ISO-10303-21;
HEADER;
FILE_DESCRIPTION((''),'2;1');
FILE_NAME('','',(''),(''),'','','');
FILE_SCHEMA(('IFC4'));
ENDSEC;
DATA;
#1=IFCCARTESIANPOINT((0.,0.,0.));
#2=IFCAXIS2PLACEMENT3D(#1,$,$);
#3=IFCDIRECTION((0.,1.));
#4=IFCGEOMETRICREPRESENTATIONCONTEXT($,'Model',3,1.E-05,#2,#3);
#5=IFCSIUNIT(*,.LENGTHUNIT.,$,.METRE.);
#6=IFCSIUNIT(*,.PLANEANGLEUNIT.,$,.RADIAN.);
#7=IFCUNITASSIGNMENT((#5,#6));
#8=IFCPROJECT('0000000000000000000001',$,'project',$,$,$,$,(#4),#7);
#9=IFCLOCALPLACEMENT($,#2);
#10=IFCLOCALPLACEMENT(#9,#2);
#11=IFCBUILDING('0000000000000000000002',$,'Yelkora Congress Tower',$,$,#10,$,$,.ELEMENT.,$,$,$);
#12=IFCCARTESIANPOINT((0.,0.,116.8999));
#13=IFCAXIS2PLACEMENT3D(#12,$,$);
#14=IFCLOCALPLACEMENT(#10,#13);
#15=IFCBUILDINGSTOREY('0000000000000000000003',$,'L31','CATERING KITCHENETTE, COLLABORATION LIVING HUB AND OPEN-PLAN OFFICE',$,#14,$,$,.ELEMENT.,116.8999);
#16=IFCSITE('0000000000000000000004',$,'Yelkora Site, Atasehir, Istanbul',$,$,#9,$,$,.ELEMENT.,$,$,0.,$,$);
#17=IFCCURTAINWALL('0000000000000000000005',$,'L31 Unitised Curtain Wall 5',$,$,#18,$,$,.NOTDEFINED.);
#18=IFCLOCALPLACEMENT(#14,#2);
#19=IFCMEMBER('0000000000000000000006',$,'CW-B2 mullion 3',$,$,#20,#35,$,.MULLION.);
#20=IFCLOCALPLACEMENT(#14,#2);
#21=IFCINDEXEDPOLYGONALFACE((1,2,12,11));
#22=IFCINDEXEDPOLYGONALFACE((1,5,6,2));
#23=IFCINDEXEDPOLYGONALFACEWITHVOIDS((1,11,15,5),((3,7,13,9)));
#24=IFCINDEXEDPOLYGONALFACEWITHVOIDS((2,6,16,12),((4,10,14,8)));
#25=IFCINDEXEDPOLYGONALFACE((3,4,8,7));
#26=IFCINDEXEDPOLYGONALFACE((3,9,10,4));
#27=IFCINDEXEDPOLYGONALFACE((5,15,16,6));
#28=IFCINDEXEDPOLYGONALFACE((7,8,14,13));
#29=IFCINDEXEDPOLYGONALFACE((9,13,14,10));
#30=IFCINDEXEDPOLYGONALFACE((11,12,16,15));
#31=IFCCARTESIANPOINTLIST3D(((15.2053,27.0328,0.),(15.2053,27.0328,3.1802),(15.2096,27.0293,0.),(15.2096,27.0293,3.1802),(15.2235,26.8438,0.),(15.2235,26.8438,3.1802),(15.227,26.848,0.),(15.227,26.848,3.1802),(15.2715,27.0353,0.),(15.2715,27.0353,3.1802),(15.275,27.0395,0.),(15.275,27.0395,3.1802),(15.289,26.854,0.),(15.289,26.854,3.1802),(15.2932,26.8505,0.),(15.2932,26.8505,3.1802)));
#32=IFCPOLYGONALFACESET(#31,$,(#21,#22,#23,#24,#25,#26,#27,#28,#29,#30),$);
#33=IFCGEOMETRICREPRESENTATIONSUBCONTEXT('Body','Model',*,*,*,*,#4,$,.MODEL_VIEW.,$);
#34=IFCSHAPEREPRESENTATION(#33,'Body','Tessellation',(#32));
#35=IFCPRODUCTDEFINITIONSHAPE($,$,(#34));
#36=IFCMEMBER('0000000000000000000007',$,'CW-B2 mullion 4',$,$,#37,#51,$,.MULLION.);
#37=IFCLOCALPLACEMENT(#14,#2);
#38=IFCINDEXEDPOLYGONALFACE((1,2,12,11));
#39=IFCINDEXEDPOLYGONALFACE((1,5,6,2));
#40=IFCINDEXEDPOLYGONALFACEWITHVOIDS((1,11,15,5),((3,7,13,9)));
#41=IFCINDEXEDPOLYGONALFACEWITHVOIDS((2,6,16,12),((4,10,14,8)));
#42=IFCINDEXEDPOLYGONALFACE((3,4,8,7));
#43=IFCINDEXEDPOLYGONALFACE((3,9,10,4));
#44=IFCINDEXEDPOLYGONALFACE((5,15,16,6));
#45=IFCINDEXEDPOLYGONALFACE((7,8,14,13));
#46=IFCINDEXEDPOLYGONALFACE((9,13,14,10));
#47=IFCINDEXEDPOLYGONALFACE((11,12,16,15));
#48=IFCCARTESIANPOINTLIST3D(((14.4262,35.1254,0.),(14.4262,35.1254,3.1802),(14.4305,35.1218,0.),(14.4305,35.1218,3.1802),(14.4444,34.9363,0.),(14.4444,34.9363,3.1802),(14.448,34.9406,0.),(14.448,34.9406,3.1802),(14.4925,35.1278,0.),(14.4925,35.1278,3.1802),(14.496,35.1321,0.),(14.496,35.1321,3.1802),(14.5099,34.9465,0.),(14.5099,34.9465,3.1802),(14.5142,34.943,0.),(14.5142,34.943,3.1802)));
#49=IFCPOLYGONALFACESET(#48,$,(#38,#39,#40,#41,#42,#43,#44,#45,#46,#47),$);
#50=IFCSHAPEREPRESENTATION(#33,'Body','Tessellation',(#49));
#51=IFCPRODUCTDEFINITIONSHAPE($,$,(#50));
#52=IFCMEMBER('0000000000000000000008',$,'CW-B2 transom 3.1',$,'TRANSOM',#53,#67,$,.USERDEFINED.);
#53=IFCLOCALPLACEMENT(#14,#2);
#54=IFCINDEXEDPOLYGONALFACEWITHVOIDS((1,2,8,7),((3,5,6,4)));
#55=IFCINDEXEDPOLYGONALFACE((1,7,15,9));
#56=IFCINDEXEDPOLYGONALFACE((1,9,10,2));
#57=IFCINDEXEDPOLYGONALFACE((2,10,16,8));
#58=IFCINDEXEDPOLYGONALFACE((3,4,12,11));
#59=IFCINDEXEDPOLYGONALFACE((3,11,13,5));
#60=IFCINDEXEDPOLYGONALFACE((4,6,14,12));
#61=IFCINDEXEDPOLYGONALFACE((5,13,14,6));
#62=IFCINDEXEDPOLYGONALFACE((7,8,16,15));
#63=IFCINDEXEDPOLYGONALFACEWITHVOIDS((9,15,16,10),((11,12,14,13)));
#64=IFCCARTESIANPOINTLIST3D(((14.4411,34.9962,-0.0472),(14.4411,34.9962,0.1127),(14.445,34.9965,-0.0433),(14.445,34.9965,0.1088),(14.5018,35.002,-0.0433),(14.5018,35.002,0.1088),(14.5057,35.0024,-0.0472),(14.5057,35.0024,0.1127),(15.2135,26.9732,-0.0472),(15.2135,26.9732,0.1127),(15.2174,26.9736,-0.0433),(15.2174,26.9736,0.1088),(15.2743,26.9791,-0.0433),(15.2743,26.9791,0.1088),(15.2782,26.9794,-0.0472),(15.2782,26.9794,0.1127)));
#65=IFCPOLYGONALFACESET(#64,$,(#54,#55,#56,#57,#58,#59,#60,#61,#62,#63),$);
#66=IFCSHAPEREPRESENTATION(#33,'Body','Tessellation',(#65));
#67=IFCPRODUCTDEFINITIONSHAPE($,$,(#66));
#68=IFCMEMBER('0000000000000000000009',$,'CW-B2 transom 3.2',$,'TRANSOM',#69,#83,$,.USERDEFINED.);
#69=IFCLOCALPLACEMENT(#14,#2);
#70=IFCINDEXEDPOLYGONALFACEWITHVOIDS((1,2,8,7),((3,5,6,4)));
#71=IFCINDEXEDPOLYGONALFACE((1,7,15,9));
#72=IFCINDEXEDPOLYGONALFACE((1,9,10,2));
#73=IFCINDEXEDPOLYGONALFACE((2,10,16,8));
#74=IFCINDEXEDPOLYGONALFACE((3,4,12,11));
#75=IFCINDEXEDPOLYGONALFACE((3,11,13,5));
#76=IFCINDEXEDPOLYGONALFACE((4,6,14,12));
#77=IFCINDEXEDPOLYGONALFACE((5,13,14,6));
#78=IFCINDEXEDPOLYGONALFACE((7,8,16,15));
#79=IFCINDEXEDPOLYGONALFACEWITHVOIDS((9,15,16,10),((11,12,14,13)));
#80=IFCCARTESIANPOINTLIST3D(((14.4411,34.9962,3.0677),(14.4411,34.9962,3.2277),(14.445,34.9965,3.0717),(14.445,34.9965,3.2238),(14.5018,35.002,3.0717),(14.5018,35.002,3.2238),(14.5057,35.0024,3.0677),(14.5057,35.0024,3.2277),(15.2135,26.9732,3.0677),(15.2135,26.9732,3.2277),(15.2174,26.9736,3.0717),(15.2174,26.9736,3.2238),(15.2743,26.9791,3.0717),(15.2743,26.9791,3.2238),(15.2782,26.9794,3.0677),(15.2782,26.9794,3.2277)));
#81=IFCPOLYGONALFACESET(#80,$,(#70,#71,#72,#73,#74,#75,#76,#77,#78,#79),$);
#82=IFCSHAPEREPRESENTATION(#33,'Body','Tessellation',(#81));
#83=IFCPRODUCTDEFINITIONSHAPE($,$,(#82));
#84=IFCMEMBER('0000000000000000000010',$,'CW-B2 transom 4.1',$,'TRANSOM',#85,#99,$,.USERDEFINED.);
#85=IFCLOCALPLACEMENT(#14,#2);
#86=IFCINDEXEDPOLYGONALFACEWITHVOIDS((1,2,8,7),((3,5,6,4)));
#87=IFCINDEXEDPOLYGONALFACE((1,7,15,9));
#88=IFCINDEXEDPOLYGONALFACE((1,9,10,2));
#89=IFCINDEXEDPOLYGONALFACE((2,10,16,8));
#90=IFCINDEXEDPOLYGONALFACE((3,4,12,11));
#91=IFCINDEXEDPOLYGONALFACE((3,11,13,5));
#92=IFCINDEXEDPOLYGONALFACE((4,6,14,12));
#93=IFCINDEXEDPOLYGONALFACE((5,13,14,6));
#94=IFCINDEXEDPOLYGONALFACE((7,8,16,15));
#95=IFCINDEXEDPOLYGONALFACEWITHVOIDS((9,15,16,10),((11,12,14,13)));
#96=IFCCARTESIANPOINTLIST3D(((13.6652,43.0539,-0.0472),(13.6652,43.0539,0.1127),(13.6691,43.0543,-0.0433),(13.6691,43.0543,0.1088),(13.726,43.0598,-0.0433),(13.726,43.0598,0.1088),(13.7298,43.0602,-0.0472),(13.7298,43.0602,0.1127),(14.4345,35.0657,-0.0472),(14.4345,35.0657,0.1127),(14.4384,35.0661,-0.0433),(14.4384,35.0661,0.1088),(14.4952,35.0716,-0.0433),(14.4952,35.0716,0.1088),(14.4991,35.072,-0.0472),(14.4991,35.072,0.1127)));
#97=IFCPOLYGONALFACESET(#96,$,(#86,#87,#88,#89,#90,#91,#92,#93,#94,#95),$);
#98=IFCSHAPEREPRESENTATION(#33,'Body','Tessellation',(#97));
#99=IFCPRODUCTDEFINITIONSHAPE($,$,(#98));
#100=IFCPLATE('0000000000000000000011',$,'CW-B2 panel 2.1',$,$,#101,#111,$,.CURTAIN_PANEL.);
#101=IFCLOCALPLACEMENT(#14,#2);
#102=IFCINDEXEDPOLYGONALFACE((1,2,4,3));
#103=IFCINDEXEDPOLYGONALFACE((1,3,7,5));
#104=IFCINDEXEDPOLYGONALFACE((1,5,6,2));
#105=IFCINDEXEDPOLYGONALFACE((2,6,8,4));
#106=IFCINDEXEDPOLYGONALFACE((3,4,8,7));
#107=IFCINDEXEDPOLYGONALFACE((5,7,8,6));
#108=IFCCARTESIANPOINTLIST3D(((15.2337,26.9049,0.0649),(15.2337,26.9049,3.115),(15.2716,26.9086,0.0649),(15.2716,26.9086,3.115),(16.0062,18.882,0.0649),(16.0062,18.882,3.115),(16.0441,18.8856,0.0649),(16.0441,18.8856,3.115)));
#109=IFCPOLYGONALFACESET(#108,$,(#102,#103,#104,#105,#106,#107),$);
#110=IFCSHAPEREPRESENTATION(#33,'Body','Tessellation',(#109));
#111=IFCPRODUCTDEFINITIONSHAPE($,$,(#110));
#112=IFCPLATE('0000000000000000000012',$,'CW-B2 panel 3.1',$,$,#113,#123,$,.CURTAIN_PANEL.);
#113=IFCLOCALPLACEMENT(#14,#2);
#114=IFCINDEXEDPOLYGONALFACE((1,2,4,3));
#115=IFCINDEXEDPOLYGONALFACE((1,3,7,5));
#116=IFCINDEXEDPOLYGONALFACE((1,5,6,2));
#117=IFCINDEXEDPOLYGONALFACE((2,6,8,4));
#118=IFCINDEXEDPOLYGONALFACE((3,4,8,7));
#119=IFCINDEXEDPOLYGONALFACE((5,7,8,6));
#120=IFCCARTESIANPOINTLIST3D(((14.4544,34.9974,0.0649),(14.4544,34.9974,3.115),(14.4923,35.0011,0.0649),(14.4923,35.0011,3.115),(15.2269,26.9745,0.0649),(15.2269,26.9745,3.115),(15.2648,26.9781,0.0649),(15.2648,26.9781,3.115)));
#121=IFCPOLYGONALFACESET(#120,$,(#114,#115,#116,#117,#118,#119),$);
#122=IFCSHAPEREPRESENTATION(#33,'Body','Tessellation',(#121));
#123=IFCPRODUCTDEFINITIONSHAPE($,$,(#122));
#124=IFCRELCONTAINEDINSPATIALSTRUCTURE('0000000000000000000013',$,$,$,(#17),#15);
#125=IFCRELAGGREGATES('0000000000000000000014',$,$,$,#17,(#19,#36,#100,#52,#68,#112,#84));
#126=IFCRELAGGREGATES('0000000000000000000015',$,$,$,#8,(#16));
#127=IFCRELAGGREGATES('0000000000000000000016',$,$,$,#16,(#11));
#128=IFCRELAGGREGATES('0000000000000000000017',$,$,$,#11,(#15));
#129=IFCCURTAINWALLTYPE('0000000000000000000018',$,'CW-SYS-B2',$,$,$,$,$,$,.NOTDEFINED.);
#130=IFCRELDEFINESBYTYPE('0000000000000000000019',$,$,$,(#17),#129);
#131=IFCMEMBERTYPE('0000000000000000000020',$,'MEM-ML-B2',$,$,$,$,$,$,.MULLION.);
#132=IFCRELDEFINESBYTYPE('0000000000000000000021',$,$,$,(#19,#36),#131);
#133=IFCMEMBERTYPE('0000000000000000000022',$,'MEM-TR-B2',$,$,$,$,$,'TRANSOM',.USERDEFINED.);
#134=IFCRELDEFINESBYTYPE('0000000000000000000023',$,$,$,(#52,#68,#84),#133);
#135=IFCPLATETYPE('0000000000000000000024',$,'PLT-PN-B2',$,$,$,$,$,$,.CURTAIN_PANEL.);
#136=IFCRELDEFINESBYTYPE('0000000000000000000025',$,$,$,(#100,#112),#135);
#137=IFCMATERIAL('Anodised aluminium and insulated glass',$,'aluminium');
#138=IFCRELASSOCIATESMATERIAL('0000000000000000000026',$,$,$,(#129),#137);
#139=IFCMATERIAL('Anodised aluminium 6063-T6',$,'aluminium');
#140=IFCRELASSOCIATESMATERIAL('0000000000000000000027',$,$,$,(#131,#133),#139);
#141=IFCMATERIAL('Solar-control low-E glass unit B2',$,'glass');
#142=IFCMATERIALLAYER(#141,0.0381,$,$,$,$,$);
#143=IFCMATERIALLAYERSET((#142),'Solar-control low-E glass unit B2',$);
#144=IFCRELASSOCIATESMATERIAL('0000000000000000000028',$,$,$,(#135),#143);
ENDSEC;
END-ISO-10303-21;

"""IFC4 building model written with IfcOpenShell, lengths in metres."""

from ifc_helpers import new_model, si_unit, direction, frame, origin, origin_2d, place, context, subcontext, project, spatial, rectangle, hollow_rectangle, extrude, material, layer, layer_set, material_profile, profile_set, type_object, element, aggregate, save


model = new_model("IFC4")

# Units and contexts
model_context = context("Model", 3, precision=1e-05, world=origin(), true_north=direction((0.0, 1.0)))
body_context = subcontext(model_context, "Body", "Model", "MODEL_VIEW")
ifc_project = project(units=[si_unit("LENGTHUNIT", "METRE"), si_unit("PLANEANGLEUNIT", "RADIAN")], contexts=[model_context])

# Site, building, storey
site_placement = place(None, origin())
site = spatial("IfcSite", under=ifc_project, at=site_placement, Name="Yelkora Site, Atasehir, Istanbul", CompositionType="ELEMENT", RefElevation=0.0)
building_placement = place(site_placement, origin())
building = spatial("IfcBuilding", under=site, at=building_placement, Name="Yelkora Congress Tower", CompositionType="ELEMENT")
storey_placement = place(building_placement, frame((0.0, 0.0, 116.8999)))
storey = spatial("IfcBuildingStorey", under=building, at=storey_placement, Name="L31", Description="CATERING KITCHENETTE, COLLABORATION LIVING HUB AND OPEN-PLAN OFFICE", CompositionType="ELEMENT", Elevation=116.8999)

# Curtain wall, members, plates
ifc_material_1 = material(Name="Anodised aluminium and insulated glass", Category="aluminium")
curtain_wall_type = type_object("IfcCurtainWallType", Name="CW-SYS-B2", PredefinedType="NOTDEFINED", material=ifc_material_1)
curtain_wall_placement = place(storey_placement, origin())
curtain_wall = element("IfcCurtainWall", 1, at=curtain_wall_placement, inside=storey, type_object=curtain_wall_type, Name="L31 Unitised Curtain Wall 5", PredefinedType="NOTDEFINED")
ifc_material_2 = material(Name="Anodised aluminium 6063-T6", Category="aluminium")
ifc_material_profile_1 = material_profile(ifc_material_2, hollow_rectangle(XDim=0.0701, YDim=0.1899, WallThickness=0.0039, at=origin_2d()), Name="ALU 70x190x4")
ifc_profile_set_1 = profile_set([ifc_material_profile_1], Name="Anodised aluminium 6063-T6")
member_type_1 = type_object("IfcMemberType", Name="MEM-ML-B2", PredefinedType="MULLION", material=ifc_profile_set_1)
member_1_placement = place(storey_placement, frame((15.2493, 26.9417, 0.0), z_axis=(0.0, 0.0, 1.0), x_axis=(-0.995397, -0.095843, 0.0)))
member_1 = element("IfcMember", 2, at=member_1_placement, type_object=member_type_1, Name="CW-B2 mullion 3", PredefinedType="MULLION", context=body_context, shape_type="SweptSolid", body=[
    extrude(hollow_rectangle(XDim=0.0701, YDim=0.1899, WallThickness=0.0039, at=origin_2d()), origin(), (0.0, 0.0, 1.0), 3.1802),
])
member_2_placement = place(storey_placement, frame((14.4702, 35.0342, 0.0), z_axis=(0.0, 0.0, 1.0), x_axis=(-0.995397, -0.095843, 0.0)))
member_2 = element("IfcMember", 3, at=member_2_placement, type_object=member_type_1, Name="CW-B2 mullion 4", PredefinedType="MULLION", context=body_context, shape_type="SweptSolid", body=[
    extrude(hollow_rectangle(XDim=0.0701, YDim=0.1899, WallThickness=0.0039, at=origin_2d()), origin(), (0.0, 0.0, 1.0), 3.1802),
])
ifc_material_profile_2 = material_profile(ifc_material_2, hollow_rectangle(XDim=0.0649, YDim=0.1599, WallThickness=0.0039, at=origin_2d()), Name="ALU 65x160x4")
ifc_profile_set_2 = profile_set([ifc_material_profile_2], Name="Anodised aluminium 6063-T6")
member_type_2 = type_object("IfcMemberType", Name="MEM-TR-B2", ElementType="TRANSOM", PredefinedType="USERDEFINED", material=ifc_profile_set_2)
member_3_placement = place(storey_placement, frame((15.2458, 26.9763, 0.0327), z_axis=(-0.095838, 0.995397, 0.0), x_axis=(-0.995397, -0.095838, 0.0)))
member_3 = element("IfcMember", 4, at=member_3_placement, type_object=member_type_2, Name="CW-B2 transom 3.1", ObjectType="TRANSOM", PredefinedType="USERDEFINED", context=body_context, shape_type="SweptSolid", body=[
    extrude(hollow_rectangle(XDim=0.0649, YDim=0.1599, WallThickness=0.0039, at=origin_2d()), origin(), (0.0, 0.0, 1.0), 8.0601),
])
member_4_placement = place(storey_placement, frame((15.2458, 26.9763, 3.1477), z_axis=(-0.095838, 0.995397, 0.0), x_axis=(-0.995397, -0.095838, 0.0)))
member_4 = element("IfcMember", 5, at=member_4_placement, type_object=member_type_2, Name="CW-B2 transom 3.2", ObjectType="TRANSOM", PredefinedType="USERDEFINED", context=body_context, shape_type="SweptSolid", body=[
    extrude(hollow_rectangle(XDim=0.0649, YDim=0.1599, WallThickness=0.0039, at=origin_2d()), origin(), (0.0, 0.0, 1.0), 8.0601),
])
member_5_placement = place(storey_placement, frame((14.4668, 35.0688, 0.0327), z_axis=(-0.095858, 0.995395, 0.0), x_axis=(-0.995395, -0.095858, 0.0)))
member_5 = element("IfcMember", 6, at=member_5_placement, type_object=member_type_2, Name="CW-B2 transom 4.1", ObjectType="TRANSOM", PredefinedType="USERDEFINED", context=body_context, shape_type="SweptSolid", body=[
    extrude(hollow_rectangle(XDim=0.0649, YDim=0.1599, WallThickness=0.0039, at=origin_2d()), origin(), (0.0, 0.0, 1.0), 8.0251),
])
ifc_material_3 = material(Name="Solar-control low-E glass unit B2", Category="glass")
ifc_layer_1 = layer(ifc_material_3, 0.0381)
ifc_layer_set_1 = layer_set([ifc_layer_1], Name="Solar-control low-E glass unit B2")
plate_type = type_object("IfcPlateType", Name="PLT-PN-B2", PredefinedType="CURTAIN_PANEL", material=ifc_layer_set_1)
plate_1_placement = place(storey_placement, frame((15.6389, 22.8953, 0.0649), z_axis=(0.0, 0.0, 1.0), x_axis=(-0.095843, 0.995397, 0.0)))
plate_1 = element("IfcPlate", 7, at=plate_1_placement, type_object=plate_type, Name="CW-B2 panel 2.1", PredefinedType="CURTAIN_PANEL", context=body_context, shape_type="SweptSolid", body=[
    extrude(rectangle(XDim=8.0601, YDim=0.0381, at=origin_2d()), origin(), (0.0, 0.0, 1.0), 3.05),
])
plate_2_placement = place(storey_placement, frame((14.8596, 30.9878, 0.0649), z_axis=(0.0, 0.0, 1.0), x_axis=(-0.095843, 0.995397, 0.0)))
plate_2 = element("IfcPlate", 8, at=plate_2_placement, type_object=plate_type, Name="CW-B2 panel 3.1", PredefinedType="CURTAIN_PANEL", context=body_context, shape_type="SweptSolid", body=[
    extrude(rectangle(XDim=8.0601, YDim=0.0381, at=origin_2d()), origin(), (0.0, 0.0, 1.0), 3.05),
])
aggregate(curtain_wall, [member_1, member_2, plate_1, member_3, member_4, plate_2, member_5])

save(model, "model.ifc")
